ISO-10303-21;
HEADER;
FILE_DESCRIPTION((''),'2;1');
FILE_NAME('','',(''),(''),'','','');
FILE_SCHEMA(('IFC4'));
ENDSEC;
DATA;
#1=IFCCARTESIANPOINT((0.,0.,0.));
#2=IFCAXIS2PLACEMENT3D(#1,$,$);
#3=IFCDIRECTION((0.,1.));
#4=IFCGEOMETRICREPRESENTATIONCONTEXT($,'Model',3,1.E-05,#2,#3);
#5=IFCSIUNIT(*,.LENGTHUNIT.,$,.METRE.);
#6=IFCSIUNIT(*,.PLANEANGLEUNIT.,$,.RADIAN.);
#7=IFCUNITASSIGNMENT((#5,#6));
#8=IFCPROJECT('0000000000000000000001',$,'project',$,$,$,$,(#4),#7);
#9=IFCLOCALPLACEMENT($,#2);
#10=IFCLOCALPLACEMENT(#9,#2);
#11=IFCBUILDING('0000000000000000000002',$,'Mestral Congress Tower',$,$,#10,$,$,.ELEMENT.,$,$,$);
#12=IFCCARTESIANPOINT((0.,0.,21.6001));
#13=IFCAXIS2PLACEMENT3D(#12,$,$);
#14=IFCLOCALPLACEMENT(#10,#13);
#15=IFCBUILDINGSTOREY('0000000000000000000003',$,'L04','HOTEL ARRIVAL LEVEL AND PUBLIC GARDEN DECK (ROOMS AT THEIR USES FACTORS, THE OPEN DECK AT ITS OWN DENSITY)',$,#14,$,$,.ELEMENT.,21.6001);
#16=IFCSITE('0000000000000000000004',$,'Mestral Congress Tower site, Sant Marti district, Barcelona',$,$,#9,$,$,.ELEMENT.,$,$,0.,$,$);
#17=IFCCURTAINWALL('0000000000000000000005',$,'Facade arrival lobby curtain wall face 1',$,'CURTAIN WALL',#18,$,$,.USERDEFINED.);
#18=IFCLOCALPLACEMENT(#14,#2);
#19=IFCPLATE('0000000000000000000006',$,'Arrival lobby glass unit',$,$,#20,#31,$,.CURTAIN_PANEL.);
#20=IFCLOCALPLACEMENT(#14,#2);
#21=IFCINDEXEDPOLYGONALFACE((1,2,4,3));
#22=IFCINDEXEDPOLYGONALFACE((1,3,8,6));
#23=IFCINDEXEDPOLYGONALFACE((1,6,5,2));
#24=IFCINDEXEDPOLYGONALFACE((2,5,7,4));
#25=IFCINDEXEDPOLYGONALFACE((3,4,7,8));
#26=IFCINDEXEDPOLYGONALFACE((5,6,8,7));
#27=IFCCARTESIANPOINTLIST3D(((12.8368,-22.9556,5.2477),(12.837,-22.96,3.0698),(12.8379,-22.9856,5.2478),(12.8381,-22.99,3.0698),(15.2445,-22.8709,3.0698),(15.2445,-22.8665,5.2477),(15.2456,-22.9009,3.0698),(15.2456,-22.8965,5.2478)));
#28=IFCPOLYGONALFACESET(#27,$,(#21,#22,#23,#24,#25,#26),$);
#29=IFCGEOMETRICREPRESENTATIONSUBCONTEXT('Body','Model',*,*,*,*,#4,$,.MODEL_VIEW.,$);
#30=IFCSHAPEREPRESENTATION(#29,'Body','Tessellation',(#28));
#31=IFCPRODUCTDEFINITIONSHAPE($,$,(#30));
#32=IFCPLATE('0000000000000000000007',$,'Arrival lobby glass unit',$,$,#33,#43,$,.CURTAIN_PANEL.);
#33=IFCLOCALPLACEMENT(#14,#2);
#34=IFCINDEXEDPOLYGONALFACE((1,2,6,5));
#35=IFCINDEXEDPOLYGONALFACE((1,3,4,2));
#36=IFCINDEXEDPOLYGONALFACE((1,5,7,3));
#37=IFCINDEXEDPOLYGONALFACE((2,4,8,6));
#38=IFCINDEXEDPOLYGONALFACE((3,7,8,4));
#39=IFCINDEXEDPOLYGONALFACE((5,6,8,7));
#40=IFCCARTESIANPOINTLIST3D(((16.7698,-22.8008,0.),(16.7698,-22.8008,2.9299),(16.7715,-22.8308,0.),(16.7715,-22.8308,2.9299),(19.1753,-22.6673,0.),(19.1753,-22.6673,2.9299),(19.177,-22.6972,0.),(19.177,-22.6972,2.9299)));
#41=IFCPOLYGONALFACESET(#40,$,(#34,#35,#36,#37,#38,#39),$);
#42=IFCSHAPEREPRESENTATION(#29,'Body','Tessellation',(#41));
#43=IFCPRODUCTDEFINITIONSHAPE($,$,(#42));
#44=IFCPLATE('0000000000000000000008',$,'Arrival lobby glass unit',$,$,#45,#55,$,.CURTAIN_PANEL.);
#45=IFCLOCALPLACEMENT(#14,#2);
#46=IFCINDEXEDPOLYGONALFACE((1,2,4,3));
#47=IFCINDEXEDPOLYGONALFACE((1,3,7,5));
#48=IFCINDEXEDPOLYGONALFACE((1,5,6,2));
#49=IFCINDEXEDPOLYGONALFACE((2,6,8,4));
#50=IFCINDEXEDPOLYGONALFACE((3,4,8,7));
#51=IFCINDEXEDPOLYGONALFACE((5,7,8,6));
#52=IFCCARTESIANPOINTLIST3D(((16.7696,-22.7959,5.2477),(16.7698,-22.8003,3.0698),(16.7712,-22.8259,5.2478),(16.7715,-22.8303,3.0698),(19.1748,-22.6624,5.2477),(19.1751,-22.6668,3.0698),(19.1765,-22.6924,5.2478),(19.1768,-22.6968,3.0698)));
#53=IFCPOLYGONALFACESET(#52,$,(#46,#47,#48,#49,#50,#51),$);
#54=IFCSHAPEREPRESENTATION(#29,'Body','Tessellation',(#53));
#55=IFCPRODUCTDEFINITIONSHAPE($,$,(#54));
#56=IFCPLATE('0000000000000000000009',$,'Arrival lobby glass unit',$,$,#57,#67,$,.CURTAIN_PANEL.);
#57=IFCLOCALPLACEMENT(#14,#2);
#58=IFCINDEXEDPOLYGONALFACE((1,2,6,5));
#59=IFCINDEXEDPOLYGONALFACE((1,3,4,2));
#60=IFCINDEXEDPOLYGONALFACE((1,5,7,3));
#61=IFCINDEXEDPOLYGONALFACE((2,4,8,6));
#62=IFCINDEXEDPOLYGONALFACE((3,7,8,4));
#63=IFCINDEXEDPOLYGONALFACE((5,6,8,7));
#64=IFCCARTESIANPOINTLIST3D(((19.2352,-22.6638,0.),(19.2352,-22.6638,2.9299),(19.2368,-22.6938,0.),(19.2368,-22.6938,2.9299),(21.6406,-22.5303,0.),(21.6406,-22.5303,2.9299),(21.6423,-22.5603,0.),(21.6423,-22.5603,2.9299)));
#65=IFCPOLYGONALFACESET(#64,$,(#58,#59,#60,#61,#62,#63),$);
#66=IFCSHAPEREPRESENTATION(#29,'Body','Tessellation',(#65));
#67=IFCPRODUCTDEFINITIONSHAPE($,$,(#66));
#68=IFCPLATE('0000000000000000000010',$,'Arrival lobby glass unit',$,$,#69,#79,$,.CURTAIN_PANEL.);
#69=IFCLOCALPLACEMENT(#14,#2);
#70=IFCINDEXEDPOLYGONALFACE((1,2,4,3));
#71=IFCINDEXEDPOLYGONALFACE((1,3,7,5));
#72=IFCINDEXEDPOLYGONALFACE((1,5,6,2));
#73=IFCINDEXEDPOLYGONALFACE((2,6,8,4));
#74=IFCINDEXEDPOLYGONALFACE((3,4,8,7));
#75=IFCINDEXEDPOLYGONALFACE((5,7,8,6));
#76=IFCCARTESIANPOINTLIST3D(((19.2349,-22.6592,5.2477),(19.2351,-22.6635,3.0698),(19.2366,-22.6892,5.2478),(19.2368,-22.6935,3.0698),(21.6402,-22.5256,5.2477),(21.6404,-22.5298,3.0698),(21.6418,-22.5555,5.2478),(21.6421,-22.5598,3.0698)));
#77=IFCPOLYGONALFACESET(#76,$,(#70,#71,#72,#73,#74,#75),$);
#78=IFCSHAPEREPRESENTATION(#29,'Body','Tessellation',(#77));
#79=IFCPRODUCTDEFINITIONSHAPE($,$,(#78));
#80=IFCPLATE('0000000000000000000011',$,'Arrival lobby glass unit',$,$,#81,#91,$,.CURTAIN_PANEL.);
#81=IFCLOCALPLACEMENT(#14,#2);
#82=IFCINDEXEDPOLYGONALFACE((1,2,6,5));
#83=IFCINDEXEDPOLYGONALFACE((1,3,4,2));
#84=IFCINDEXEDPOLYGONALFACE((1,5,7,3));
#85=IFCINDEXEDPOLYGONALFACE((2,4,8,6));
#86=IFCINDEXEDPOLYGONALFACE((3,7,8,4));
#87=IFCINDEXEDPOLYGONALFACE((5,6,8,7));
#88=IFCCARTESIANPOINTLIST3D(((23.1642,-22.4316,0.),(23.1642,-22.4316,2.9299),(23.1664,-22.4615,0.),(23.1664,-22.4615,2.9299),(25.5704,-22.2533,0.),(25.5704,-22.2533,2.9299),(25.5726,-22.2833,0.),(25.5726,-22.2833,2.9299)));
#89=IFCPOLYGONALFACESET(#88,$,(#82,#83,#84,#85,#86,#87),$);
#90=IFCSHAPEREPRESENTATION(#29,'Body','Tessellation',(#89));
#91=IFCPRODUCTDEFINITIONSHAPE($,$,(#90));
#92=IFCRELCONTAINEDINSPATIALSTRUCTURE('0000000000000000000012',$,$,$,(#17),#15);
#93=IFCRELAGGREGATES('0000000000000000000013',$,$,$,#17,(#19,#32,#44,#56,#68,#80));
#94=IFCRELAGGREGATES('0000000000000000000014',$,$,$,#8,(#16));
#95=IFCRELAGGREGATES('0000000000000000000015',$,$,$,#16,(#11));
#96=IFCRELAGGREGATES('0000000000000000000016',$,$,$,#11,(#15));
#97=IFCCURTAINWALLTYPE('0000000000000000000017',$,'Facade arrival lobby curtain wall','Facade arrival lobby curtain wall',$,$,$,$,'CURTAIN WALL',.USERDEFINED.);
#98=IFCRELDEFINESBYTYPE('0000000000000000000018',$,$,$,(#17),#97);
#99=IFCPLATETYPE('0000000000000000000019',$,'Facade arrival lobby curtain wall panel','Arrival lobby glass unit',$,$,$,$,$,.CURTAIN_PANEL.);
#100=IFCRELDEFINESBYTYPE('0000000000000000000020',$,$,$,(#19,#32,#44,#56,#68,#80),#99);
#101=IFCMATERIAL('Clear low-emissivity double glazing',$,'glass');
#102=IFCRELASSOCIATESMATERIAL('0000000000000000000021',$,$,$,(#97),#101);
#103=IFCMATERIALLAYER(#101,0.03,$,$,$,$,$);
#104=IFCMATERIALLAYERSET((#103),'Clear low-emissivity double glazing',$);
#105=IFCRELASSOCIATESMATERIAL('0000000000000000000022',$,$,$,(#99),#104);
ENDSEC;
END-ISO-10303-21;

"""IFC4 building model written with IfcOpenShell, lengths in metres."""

from ifc_helpers import new_model, si_unit, direction, frame, origin, origin_2d, place, context, subcontext, project, spatial, polyline, rectangle, outline, extrude, material, layer, layer_set, type_object, element, aggregate, save


model = new_model("IFC4")

# Units and contexts
model_context = context("Model", 3, precision=1e-05, world=origin(), true_north=direction((0.0, 1.0)))
body_context = subcontext(model_context, "Body", "Model", "MODEL_VIEW")
ifc_project = project(units=[si_unit("LENGTHUNIT", "METRE"), si_unit("PLANEANGLEUNIT", "RADIAN")], contexts=[model_context])

# Site, building, storey
site_placement = place(None, origin())
site = spatial("IfcSite", under=ifc_project, at=site_placement, Name="Mestral Congress Tower site, Sant Marti district, Barcelona", CompositionType="ELEMENT", RefElevation=0.0)
building_placement = place(site_placement, origin())
building = spatial("IfcBuilding", under=site, at=building_placement, Name="Mestral Congress Tower", CompositionType="ELEMENT")
storey_placement = place(building_placement, frame((0.0, 0.0, 21.6001)))
storey = spatial("IfcBuildingStorey", under=building, at=storey_placement, Name="L04", Description="HOTEL ARRIVAL LEVEL AND PUBLIC GARDEN DECK (ROOMS AT THEIR USES FACTORS, THE OPEN DECK AT ITS OWN DENSITY)", CompositionType="ELEMENT", Elevation=21.6001)

# Curtain wall
ifc_material_1 = material(Name="Clear low-emissivity double glazing", Category="glass")
curtain_wall_type = type_object("IfcCurtainWallType", Name="Facade arrival lobby curtain wall", Description="Facade arrival lobby curtain wall", ElementType="CURTAIN WALL", PredefinedType="USERDEFINED", material=ifc_material_1)
curtain_wall_placement = place(storey_placement, origin())
curtain_wall = element("IfcCurtainWall", 1, at=curtain_wall_placement, inside=storey, type_object=curtain_wall_type, Name="Facade arrival lobby curtain wall face 1", ObjectType="CURTAIN WALL", PredefinedType="USERDEFINED")

# Plates
ifc_layer = layer(ifc_material_1, 0.03)
ifc_layer_set = layer_set([ifc_layer], Name="Clear low-emissivity double glazing")
plate_type = type_object("IfcPlateType", Name="Facade arrival lobby curtain wall panel", Description="Arrival lobby glass unit", PredefinedType="CURTAIN_PANEL", material=ifc_layer_set)
plate_1_placement = place(storey_placement, frame((15.2456, -22.9009, 3.0698), z_axis=(0.036987, -0.999314, 0.002018), x_axis=(-0.999316, -0.036987, 0.0)))
plate_1 = element("IfcPlate", 2, at=plate_1_placement, type_object=plate_type, Name="Arrival lobby glass unit", PredefinedType="CURTAIN_PANEL", context=body_context, shape_type="SweptSolid", body=[
    extrude(outline(polyline([(0.0, 0.0), (2.4091, 0.0), (2.4092, -2.178), (-0.0002, -2.178), (0.0, 0.0)])), origin(), (0.0, 0.0, -1.0), 0.03),
])
plate_2_placement = place(storey_placement, frame((17.9734, -22.749, 0.0), z_axis=(0.0, 0.0, 1.0), x_axis=(0.998463, 0.055428, 0.0)))
plate_2 = element("IfcPlate", 3, at=plate_2_placement, type_object=plate_type, Name="Arrival lobby glass unit", PredefinedType="CURTAIN_PANEL", context=body_context, shape_type="SweptSolid", body=[
    extrude(rectangle(XDim=2.4092, YDim=0.03, at=origin_2d()), origin(), (0.0, 0.0, 1.0), 2.9299),
])
plate_3_placement = place(storey_placement, frame((19.1768, -22.6968, 3.0698), z_axis=(0.055436, -0.99846, 0.002021), x_axis=(-0.998462, -0.055436, 0.0)))
plate_3 = element("IfcPlate", 4, at=plate_3_placement, type_object=plate_type, Name="Arrival lobby glass unit", PredefinedType="CURTAIN_PANEL", context=body_context, shape_type="SweptSolid", body=[
    extrude(outline(polyline([(0.0, 0.0), (2.409, 0.0), (2.409, -2.178), (0.0, -2.178), (0.0, 0.0)])), origin(), (0.0, 0.0, -1.0), 0.03),
])
plate_4_placement = place(storey_placement, frame((20.4387, -22.6121, 0.0), z_axis=(0.0, 0.0, 1.0), x_axis=(0.998463, 0.055428, 0.0)))
plate_4 = element("IfcPlate", 5, at=plate_4_placement, type_object=plate_type, Name="Arrival lobby glass unit", PredefinedType="CURTAIN_PANEL", context=body_context, shape_type="SweptSolid", body=[
    extrude(rectangle(XDim=2.4092, YDim=0.03, at=origin_2d()), origin(), (0.0, 0.0, 1.0), 2.9299),
])
plate_5_placement = place(storey_placement, frame((21.6421, -22.5598, 3.0698), z_axis=(0.055487, -0.998457, 0.001965), x_axis=(-0.998459, -0.055487, 0.0)))
plate_5 = element("IfcPlate", 6, at=plate_5_placement, type_object=plate_type, Name="Arrival lobby glass unit", PredefinedType="CURTAIN_PANEL", context=body_context, shape_type="SweptSolid", body=[
    extrude(outline(polyline([(0.0, 0.0), (2.409, 0.0), (2.409, -2.178), (0.0, -2.178), (0.0, 0.0)])), origin(), (0.0, 0.0, -1.0), 0.03),
])
plate_6_placement = place(storey_placement, frame((24.3684, -22.3574, 0.0), z_axis=(0.0, 0.0, 1.0), x_axis=(0.997267, 0.073879, 0.0)))
plate_6 = element("IfcPlate", 7, at=plate_6_placement, type_object=plate_type, Name="Arrival lobby glass unit", PredefinedType="CURTAIN_PANEL", context=body_context, shape_type="SweptSolid", body=[
    extrude(rectangle(XDim=2.4128, YDim=0.03, at=origin_2d()), origin(), (0.0, 0.0, 1.0), 2.9299),
])
aggregate(curtain_wall, [plate_1, plate_2, plate_3, plate_4, plate_5, plate_6])

save(model, "model.ifc")
